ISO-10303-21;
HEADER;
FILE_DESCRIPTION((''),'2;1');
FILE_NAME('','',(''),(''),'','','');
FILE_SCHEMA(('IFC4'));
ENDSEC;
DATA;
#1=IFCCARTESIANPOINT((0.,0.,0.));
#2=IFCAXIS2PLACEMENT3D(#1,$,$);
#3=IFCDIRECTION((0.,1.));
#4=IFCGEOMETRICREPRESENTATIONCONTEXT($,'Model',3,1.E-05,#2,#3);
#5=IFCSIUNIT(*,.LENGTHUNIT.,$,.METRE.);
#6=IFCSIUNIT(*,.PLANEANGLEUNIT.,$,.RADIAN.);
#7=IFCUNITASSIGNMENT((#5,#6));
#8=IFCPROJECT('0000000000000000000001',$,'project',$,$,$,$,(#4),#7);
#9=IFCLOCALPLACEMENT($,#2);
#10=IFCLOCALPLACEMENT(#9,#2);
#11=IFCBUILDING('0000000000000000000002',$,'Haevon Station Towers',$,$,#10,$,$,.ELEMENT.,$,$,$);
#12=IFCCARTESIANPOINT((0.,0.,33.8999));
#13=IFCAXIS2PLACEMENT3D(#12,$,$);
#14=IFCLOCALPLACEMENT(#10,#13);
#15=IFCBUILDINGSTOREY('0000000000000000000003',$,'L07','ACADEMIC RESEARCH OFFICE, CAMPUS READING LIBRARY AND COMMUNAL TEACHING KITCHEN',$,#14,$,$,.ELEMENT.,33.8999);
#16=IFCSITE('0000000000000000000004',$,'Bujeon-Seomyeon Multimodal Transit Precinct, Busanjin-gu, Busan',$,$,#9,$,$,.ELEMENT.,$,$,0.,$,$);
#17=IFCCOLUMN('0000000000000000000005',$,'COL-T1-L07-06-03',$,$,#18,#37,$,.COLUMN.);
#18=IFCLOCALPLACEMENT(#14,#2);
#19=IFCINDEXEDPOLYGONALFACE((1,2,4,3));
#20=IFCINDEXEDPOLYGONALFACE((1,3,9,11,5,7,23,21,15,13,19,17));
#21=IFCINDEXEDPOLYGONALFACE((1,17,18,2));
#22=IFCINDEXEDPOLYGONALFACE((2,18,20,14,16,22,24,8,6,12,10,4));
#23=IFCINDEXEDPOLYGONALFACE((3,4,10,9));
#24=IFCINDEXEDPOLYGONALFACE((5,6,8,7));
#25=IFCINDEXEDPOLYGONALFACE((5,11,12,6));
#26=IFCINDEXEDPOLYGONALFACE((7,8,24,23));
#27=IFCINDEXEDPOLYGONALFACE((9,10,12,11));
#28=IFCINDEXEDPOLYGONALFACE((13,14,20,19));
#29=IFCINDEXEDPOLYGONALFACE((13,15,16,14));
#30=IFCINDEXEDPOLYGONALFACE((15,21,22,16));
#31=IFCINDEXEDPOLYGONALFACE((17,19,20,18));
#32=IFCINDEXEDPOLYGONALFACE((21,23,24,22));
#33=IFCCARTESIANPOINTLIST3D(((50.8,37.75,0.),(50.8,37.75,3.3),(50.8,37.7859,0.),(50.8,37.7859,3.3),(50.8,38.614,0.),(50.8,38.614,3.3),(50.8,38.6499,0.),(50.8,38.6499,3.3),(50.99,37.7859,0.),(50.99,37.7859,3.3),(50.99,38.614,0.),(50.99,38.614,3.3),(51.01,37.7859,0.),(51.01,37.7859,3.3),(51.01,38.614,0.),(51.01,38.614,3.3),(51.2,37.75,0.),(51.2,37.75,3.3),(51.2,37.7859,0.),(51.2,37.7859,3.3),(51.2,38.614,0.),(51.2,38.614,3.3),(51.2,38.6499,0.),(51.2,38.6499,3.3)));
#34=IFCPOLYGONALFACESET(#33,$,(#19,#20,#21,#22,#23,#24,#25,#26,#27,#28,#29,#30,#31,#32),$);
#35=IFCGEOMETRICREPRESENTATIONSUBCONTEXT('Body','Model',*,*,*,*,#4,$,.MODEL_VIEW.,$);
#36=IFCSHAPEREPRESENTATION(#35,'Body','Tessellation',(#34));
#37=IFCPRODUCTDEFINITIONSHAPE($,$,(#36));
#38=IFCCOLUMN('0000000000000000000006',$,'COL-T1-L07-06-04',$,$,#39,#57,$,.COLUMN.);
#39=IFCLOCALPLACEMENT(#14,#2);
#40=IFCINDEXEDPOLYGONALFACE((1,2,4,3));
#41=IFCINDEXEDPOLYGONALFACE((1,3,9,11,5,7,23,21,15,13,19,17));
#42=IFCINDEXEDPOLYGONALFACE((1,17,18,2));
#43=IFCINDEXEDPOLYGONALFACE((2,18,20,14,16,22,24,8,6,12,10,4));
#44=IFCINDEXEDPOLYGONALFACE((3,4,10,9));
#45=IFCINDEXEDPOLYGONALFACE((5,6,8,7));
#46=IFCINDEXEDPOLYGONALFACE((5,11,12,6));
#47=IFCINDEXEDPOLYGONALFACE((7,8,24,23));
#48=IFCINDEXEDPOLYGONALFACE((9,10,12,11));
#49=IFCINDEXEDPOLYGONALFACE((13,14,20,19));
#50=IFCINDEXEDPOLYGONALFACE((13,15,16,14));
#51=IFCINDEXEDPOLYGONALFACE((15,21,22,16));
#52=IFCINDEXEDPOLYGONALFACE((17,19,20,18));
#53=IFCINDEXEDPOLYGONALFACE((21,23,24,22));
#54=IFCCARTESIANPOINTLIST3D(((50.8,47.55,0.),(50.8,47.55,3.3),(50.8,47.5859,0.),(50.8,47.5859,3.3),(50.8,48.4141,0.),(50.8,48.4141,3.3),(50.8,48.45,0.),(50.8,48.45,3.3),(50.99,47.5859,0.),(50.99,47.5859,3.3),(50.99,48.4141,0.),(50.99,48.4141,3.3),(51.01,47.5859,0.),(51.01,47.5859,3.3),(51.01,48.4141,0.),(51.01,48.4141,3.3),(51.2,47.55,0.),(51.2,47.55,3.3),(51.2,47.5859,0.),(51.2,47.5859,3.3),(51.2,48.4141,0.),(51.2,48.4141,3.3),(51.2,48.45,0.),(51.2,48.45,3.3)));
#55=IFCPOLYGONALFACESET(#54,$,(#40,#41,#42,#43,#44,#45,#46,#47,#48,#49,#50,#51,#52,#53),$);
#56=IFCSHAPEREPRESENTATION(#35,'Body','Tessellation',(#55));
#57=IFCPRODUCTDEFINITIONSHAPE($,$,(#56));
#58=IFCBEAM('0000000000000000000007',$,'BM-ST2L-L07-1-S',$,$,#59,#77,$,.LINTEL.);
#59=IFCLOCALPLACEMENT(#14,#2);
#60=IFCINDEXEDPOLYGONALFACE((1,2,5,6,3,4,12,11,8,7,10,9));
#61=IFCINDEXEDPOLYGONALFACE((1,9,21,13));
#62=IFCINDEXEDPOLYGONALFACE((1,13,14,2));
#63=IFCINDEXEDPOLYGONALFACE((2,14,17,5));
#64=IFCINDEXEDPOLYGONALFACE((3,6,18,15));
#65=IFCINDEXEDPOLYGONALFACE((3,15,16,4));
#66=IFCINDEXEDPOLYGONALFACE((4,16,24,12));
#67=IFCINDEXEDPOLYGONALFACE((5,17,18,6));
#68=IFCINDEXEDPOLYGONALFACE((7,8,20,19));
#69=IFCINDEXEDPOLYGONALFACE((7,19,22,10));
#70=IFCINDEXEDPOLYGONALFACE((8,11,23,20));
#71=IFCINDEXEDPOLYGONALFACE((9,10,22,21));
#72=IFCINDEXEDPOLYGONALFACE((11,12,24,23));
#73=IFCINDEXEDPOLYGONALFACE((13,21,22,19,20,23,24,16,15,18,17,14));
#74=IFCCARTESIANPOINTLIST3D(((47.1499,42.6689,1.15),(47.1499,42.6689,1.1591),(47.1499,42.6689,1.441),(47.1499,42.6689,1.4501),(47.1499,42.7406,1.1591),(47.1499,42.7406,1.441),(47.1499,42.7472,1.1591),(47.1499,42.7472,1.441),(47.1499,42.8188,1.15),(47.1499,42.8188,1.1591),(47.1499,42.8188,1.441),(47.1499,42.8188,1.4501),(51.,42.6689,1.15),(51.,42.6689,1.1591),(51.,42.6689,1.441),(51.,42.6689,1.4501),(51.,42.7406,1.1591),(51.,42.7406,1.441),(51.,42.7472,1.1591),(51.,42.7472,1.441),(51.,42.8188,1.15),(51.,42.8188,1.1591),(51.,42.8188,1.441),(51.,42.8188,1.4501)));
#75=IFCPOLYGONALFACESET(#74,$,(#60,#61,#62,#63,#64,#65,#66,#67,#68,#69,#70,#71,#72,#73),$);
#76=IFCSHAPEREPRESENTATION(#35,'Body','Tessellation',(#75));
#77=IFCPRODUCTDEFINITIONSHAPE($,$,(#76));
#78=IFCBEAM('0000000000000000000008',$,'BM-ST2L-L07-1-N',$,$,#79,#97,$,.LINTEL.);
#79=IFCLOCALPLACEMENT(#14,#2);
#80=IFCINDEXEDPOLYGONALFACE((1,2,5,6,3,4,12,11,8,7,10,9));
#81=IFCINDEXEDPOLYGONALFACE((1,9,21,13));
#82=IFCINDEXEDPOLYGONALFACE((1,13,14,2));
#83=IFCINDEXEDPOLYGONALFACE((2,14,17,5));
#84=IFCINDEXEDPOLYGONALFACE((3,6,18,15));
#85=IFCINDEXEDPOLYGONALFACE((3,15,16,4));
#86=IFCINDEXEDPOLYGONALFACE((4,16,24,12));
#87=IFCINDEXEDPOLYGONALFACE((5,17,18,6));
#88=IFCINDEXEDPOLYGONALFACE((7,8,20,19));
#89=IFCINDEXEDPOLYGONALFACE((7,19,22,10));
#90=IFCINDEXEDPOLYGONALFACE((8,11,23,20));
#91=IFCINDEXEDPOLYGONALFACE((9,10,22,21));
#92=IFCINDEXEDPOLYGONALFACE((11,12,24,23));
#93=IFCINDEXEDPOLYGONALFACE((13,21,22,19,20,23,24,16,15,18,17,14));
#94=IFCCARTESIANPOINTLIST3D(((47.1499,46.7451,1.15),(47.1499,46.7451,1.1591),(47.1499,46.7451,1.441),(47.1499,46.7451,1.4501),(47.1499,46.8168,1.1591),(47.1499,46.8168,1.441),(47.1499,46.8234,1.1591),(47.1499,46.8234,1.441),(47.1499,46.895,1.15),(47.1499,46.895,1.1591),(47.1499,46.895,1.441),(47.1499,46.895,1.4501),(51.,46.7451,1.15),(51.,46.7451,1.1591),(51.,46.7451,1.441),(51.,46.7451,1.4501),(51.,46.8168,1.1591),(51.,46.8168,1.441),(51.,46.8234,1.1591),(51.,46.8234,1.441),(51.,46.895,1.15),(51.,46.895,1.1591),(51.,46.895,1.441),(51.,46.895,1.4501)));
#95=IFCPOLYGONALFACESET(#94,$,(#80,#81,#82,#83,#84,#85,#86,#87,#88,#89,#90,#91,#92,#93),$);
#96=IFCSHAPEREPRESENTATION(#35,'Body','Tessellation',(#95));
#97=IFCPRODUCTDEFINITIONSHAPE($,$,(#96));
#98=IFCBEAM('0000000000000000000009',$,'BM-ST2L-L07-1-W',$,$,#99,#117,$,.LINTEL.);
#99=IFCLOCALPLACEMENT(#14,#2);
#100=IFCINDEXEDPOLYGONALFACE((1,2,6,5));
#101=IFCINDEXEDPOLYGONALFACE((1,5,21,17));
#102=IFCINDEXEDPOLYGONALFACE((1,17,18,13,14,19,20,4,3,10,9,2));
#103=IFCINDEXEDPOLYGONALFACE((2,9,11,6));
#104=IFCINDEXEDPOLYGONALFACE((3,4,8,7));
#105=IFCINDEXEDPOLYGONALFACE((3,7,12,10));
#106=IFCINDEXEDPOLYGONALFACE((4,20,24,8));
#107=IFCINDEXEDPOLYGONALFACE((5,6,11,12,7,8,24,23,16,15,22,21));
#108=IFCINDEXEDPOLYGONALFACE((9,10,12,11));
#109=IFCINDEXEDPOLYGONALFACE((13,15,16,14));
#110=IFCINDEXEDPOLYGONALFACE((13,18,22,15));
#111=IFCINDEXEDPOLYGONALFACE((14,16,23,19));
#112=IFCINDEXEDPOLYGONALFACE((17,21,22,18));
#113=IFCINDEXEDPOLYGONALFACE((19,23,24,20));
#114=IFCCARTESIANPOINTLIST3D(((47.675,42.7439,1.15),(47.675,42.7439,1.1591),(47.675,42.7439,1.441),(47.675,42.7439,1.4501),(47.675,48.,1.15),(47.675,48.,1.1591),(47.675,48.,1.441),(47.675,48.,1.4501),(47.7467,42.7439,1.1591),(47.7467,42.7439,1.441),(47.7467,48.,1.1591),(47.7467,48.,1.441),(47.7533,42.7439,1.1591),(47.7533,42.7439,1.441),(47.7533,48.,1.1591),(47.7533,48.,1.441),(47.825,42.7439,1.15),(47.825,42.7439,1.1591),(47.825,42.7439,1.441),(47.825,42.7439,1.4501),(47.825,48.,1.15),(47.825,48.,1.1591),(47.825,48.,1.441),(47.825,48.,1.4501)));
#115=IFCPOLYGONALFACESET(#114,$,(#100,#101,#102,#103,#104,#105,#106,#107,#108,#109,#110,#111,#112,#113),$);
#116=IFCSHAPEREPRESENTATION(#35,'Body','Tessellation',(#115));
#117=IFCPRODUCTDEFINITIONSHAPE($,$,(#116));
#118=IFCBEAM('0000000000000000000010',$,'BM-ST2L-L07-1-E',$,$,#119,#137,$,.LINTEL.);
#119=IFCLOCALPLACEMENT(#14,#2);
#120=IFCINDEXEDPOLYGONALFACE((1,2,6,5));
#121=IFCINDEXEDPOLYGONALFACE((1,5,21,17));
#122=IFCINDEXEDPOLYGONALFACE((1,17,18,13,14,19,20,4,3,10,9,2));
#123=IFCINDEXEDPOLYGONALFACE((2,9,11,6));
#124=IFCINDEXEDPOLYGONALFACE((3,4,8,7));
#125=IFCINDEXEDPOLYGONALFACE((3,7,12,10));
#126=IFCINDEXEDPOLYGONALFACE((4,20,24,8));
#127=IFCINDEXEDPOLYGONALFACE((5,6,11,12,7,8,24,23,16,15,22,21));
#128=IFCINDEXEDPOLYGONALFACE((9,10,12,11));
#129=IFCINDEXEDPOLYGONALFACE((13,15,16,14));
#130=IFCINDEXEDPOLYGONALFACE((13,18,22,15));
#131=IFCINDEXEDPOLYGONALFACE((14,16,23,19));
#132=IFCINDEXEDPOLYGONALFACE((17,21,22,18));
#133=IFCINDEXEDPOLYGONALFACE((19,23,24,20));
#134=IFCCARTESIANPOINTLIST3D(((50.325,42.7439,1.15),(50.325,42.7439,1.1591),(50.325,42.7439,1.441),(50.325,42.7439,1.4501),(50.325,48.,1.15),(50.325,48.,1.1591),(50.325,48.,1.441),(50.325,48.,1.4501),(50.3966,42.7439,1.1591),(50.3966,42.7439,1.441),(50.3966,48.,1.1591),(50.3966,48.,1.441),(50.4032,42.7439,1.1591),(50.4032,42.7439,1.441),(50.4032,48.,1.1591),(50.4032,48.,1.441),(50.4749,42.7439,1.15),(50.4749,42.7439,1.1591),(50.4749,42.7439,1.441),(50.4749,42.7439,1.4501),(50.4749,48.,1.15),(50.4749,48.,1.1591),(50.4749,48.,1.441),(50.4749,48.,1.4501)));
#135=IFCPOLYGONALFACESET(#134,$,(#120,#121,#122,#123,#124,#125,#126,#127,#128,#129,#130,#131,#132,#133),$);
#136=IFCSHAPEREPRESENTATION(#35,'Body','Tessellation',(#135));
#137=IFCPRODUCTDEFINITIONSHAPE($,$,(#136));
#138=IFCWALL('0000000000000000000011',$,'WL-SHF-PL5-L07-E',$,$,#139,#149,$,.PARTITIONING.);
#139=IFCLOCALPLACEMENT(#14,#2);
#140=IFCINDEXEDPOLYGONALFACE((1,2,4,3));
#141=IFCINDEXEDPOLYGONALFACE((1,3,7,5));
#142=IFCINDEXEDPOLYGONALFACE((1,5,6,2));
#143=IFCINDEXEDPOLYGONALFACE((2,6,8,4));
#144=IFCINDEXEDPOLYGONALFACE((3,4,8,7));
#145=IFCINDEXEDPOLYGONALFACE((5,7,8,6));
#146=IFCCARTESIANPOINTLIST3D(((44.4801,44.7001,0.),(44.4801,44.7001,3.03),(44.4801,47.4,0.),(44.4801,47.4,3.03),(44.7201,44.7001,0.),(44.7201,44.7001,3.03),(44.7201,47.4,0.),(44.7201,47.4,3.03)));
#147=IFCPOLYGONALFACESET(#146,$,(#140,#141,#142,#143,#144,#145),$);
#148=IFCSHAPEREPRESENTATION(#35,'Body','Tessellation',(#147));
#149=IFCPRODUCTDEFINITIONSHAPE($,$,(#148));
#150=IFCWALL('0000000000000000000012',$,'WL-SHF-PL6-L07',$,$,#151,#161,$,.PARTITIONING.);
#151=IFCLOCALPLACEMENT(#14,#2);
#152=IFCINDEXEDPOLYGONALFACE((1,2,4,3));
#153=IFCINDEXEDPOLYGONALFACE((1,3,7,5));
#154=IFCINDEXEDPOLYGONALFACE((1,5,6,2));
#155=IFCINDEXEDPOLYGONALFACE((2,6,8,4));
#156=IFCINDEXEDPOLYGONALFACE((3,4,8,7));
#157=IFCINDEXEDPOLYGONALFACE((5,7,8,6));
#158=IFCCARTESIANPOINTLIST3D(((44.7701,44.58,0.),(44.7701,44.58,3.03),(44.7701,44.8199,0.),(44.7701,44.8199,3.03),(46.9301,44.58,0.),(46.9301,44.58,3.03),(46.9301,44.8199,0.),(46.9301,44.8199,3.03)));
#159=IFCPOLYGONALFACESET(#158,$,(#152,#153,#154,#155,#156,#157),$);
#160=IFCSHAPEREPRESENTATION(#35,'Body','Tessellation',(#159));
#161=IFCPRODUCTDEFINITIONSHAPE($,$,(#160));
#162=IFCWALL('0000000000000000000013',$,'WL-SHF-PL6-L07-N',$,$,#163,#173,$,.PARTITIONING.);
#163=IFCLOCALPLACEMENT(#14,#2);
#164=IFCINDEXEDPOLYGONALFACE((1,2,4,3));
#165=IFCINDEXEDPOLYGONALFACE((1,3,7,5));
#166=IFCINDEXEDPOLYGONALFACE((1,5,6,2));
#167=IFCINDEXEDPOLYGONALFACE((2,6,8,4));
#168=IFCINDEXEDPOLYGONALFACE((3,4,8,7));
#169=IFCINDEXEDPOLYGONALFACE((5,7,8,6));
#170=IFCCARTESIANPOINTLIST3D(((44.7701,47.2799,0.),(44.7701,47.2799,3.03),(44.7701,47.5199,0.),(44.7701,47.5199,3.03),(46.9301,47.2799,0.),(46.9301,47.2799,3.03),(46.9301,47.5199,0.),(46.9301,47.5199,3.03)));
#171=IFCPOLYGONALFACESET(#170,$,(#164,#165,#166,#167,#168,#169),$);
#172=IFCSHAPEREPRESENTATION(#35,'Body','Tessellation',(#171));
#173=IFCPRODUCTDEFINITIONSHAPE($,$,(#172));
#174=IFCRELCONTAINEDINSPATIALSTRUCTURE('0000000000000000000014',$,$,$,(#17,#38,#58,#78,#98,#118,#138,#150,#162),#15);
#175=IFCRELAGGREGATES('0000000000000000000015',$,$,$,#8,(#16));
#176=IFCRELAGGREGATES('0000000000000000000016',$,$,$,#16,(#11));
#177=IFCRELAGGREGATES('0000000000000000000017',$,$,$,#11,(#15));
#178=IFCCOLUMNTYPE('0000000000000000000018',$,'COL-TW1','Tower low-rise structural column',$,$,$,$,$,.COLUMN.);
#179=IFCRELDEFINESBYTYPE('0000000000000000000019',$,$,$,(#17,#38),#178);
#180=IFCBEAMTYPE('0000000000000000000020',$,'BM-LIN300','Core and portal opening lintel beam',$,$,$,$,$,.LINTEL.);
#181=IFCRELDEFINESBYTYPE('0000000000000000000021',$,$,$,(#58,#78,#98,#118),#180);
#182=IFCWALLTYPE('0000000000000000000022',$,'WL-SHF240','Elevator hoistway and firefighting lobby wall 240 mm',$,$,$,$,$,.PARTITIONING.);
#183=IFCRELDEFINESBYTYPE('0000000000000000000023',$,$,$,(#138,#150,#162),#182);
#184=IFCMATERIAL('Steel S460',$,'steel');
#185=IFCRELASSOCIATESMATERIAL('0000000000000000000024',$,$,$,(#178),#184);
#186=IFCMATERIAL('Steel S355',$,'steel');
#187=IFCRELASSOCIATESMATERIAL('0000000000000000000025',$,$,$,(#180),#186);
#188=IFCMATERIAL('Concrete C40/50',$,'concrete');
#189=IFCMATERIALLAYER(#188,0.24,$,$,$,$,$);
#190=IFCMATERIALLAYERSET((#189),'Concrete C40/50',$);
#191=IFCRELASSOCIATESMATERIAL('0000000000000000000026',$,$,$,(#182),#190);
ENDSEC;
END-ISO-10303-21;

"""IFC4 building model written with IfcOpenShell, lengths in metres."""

from ifc_helpers import new_model, si_unit, direction, frame, frame_2d, origin, origin_2d, place, context, subcontext, project, spatial, rectangle, i_section, extrude, material, layer, layer_set, material_profile, profile_set, type_object, element, save


model = new_model("IFC4")

# Units and contexts
model_context = context("Model", 3, precision=1e-05, world=origin(), true_north=direction((0.0, 1.0)))
body_context = subcontext(model_context, "Body", "Model", "MODEL_VIEW")
ifc_project = project(units=[si_unit("LENGTHUNIT", "METRE"), si_unit("PLANEANGLEUNIT", "RADIAN")], contexts=[model_context])

# Site, building, storey
site_placement = place(None, origin())
site = spatial("IfcSite", under=ifc_project, at=site_placement, Name="Bujeon-Seomyeon Multimodal Transit Precinct, Busanjin-gu, Busan", CompositionType="ELEMENT", RefElevation=0.0)
building_placement = place(site_placement, origin())
building = spatial("IfcBuilding", under=site, at=building_placement, Name="Haevon Station Towers", CompositionType="ELEMENT")
storey_placement = place(building_placement, frame((0.0, 0.0, 33.8999)))
storey = spatial("IfcBuildingStorey", under=building, at=storey_placement, Name="L07", Description="ACADEMIC RESEARCH OFFICE, CAMPUS READING LIBRARY AND COMMUNAL TEACHING KITCHEN", CompositionType="ELEMENT", Elevation=33.8999)

# Columns
ifc_material_1 = material(Name="Steel S460", Category="steel")
ifc_material_profile_1 = material_profile(ifc_material_1, i_section(OverallWidth=0.3999, OverallDepth=0.8999, WebThickness=0.02, FlangeThickness=0.0359, at=origin_2d()), Name="H-900x400x20x36")
ifc_profile_set_1 = profile_set([ifc_material_profile_1], Name="Steel S460")
column_type = type_object("IfcColumnType", Name="COL-TW1", Description="Tower low-rise structural column", PredefinedType="COLUMN", material=ifc_profile_set_1)
for number, where, z_axis, x_axis, name in (
    (1, (51.0, 38.2, 0.0), (0.0, 0.0, 1.0), (1.0, 0.0, 0.0), "COL-T1-L07-06-03"),
    (2, (51.0, 48.0, 0.0), (0.0, 0.0, 1.0), (1.0, 0.0, 0.0), "COL-T1-L07-06-04"),
):
    element("IfcColumn", number, at=place(storey_placement, frame(where, z_axis=z_axis, x_axis=x_axis)), inside=storey, type_object=column_type, Name=name, PredefinedType="COLUMN", context=body_context, shape_type="SweptSolid", body=[
        extrude(i_section(OverallWidth=0.3999, OverallDepth=0.8999, WebThickness=0.02, FlangeThickness=0.0359, at=origin_2d()), origin(), (0.0, 0.0, 1.0), 3.3),
    ])

# Beams
ifc_material_2 = material(Name="Steel S355", Category="steel")
ifc_material_profile_2 = material_profile(ifc_material_2, i_section(OverallWidth=0.1499, OverallDepth=0.3, WebThickness=0.0066, FlangeThickness=0.009, at=origin_2d()), Name="H-300x150x6.5x9")
ifc_profile_set_2 = profile_set([ifc_material_profile_2], Name="Steel S355")
beam_type = type_object("IfcBeamType", Name="BM-LIN300", Description="Core and portal opening lintel beam", PredefinedType="LINTEL", material=ifc_profile_set_2)
for number, where, z_axis, x_axis, name in (
    (3, (47.1499, 42.7439, 1.3), (1.0, 0.0, 0.0), (0.0, 1.0, 0.0), "BM-ST2L-L07-1-S"),
    (4, (47.1499, 46.8201, 1.3), (1.0, 0.0, 0.0), (0.0, 1.0, 0.0), "BM-ST2L-L07-1-N"),
):
    element("IfcBeam", number, at=place(storey_placement, frame(where, z_axis=z_axis, x_axis=x_axis)), inside=storey, type_object=beam_type, Name=name, PredefinedType="LINTEL", context=body_context, shape_type="SweptSolid", body=[
        extrude(i_section(OverallWidth=0.1499, OverallDepth=0.3, WebThickness=0.0066, FlangeThickness=0.009, at=origin_2d()), origin(), (0.0, 0.0, 1.0), 3.8501),
    ])
for number, where, z_axis, x_axis, name in (
    (5, (47.75, 42.7439, 1.3), (0.0, 1.0, 0.0), (-1.0, 0.0, 0.0), "BM-ST2L-L07-1-W"),
    (6, (50.3999, 42.7439, 1.3), (0.0, 1.0, 0.0), (-1.0, 0.0, 0.0), "BM-ST2L-L07-1-E"),
):
    element("IfcBeam", number, at=place(storey_placement, frame(where, z_axis=z_axis, x_axis=x_axis)), inside=storey, type_object=beam_type, Name=name, PredefinedType="LINTEL", context=body_context, shape_type="SweptSolid", body=[
        extrude(i_section(OverallWidth=0.1499, OverallDepth=0.3, WebThickness=0.0066, FlangeThickness=0.009, at=origin_2d()), origin(), (0.0, 0.0, 1.0), 5.2561),
    ])

# Walls
ifc_material_3 = material(Name="Concrete C40/50", Category="concrete")
ifc_layer = layer(ifc_material_3, 0.24)
ifc_layer_set = layer_set([ifc_layer], Name="Concrete C40/50")
wall_type = type_object("IfcWallType", Name="WL-SHF240", Description="Elevator hoistway and firefighting lobby wall 240 mm", PredefinedType="PARTITIONING", material=ifc_layer_set)
wall_placement = place(storey_placement, frame((44.6001, 44.7, 0.0), z_axis=(0.0, 0.0, 1.0), x_axis=(0.0, 1.0, 0.0)))
element("IfcWall", 7, at=wall_placement, inside=storey, type_object=wall_type, Name="WL-SHF-PL5-L07-E", PredefinedType="PARTITIONING", context=body_context, shape_type="SweptSolid", body=[
    extrude(rectangle(XDim=2.7, YDim=0.24, at=frame_2d((1.3501, 0.0))), origin(), (0.0, 0.0, 1.0), 3.03),
])
for number, where, z_axis, x_axis, name in (
    (8, (44.77, 44.7, 0.0), (0.0, 0.0, 1.0), (1.0, 0.0, 0.0), "WL-SHF-PL6-L07"),
    (9, (44.77, 47.3999, 0.0), (0.0, 0.0, 1.0), (1.0, 0.0, 0.0), "WL-SHF-PL6-L07-N"),
):
    element("IfcWall", number, at=place(storey_placement, frame(where, z_axis=z_axis, x_axis=x_axis)), inside=storey, type_object=wall_type, Name=name, PredefinedType="PARTITIONING", context=body_context, shape_type="SweptSolid", body=[
        extrude(rectangle(XDim=2.1599, YDim=0.24, at=frame_2d((1.0801, 0.0))), origin(), (0.0, 0.0, 1.0), 3.03),
    ])

save(model, "model.ifc")
